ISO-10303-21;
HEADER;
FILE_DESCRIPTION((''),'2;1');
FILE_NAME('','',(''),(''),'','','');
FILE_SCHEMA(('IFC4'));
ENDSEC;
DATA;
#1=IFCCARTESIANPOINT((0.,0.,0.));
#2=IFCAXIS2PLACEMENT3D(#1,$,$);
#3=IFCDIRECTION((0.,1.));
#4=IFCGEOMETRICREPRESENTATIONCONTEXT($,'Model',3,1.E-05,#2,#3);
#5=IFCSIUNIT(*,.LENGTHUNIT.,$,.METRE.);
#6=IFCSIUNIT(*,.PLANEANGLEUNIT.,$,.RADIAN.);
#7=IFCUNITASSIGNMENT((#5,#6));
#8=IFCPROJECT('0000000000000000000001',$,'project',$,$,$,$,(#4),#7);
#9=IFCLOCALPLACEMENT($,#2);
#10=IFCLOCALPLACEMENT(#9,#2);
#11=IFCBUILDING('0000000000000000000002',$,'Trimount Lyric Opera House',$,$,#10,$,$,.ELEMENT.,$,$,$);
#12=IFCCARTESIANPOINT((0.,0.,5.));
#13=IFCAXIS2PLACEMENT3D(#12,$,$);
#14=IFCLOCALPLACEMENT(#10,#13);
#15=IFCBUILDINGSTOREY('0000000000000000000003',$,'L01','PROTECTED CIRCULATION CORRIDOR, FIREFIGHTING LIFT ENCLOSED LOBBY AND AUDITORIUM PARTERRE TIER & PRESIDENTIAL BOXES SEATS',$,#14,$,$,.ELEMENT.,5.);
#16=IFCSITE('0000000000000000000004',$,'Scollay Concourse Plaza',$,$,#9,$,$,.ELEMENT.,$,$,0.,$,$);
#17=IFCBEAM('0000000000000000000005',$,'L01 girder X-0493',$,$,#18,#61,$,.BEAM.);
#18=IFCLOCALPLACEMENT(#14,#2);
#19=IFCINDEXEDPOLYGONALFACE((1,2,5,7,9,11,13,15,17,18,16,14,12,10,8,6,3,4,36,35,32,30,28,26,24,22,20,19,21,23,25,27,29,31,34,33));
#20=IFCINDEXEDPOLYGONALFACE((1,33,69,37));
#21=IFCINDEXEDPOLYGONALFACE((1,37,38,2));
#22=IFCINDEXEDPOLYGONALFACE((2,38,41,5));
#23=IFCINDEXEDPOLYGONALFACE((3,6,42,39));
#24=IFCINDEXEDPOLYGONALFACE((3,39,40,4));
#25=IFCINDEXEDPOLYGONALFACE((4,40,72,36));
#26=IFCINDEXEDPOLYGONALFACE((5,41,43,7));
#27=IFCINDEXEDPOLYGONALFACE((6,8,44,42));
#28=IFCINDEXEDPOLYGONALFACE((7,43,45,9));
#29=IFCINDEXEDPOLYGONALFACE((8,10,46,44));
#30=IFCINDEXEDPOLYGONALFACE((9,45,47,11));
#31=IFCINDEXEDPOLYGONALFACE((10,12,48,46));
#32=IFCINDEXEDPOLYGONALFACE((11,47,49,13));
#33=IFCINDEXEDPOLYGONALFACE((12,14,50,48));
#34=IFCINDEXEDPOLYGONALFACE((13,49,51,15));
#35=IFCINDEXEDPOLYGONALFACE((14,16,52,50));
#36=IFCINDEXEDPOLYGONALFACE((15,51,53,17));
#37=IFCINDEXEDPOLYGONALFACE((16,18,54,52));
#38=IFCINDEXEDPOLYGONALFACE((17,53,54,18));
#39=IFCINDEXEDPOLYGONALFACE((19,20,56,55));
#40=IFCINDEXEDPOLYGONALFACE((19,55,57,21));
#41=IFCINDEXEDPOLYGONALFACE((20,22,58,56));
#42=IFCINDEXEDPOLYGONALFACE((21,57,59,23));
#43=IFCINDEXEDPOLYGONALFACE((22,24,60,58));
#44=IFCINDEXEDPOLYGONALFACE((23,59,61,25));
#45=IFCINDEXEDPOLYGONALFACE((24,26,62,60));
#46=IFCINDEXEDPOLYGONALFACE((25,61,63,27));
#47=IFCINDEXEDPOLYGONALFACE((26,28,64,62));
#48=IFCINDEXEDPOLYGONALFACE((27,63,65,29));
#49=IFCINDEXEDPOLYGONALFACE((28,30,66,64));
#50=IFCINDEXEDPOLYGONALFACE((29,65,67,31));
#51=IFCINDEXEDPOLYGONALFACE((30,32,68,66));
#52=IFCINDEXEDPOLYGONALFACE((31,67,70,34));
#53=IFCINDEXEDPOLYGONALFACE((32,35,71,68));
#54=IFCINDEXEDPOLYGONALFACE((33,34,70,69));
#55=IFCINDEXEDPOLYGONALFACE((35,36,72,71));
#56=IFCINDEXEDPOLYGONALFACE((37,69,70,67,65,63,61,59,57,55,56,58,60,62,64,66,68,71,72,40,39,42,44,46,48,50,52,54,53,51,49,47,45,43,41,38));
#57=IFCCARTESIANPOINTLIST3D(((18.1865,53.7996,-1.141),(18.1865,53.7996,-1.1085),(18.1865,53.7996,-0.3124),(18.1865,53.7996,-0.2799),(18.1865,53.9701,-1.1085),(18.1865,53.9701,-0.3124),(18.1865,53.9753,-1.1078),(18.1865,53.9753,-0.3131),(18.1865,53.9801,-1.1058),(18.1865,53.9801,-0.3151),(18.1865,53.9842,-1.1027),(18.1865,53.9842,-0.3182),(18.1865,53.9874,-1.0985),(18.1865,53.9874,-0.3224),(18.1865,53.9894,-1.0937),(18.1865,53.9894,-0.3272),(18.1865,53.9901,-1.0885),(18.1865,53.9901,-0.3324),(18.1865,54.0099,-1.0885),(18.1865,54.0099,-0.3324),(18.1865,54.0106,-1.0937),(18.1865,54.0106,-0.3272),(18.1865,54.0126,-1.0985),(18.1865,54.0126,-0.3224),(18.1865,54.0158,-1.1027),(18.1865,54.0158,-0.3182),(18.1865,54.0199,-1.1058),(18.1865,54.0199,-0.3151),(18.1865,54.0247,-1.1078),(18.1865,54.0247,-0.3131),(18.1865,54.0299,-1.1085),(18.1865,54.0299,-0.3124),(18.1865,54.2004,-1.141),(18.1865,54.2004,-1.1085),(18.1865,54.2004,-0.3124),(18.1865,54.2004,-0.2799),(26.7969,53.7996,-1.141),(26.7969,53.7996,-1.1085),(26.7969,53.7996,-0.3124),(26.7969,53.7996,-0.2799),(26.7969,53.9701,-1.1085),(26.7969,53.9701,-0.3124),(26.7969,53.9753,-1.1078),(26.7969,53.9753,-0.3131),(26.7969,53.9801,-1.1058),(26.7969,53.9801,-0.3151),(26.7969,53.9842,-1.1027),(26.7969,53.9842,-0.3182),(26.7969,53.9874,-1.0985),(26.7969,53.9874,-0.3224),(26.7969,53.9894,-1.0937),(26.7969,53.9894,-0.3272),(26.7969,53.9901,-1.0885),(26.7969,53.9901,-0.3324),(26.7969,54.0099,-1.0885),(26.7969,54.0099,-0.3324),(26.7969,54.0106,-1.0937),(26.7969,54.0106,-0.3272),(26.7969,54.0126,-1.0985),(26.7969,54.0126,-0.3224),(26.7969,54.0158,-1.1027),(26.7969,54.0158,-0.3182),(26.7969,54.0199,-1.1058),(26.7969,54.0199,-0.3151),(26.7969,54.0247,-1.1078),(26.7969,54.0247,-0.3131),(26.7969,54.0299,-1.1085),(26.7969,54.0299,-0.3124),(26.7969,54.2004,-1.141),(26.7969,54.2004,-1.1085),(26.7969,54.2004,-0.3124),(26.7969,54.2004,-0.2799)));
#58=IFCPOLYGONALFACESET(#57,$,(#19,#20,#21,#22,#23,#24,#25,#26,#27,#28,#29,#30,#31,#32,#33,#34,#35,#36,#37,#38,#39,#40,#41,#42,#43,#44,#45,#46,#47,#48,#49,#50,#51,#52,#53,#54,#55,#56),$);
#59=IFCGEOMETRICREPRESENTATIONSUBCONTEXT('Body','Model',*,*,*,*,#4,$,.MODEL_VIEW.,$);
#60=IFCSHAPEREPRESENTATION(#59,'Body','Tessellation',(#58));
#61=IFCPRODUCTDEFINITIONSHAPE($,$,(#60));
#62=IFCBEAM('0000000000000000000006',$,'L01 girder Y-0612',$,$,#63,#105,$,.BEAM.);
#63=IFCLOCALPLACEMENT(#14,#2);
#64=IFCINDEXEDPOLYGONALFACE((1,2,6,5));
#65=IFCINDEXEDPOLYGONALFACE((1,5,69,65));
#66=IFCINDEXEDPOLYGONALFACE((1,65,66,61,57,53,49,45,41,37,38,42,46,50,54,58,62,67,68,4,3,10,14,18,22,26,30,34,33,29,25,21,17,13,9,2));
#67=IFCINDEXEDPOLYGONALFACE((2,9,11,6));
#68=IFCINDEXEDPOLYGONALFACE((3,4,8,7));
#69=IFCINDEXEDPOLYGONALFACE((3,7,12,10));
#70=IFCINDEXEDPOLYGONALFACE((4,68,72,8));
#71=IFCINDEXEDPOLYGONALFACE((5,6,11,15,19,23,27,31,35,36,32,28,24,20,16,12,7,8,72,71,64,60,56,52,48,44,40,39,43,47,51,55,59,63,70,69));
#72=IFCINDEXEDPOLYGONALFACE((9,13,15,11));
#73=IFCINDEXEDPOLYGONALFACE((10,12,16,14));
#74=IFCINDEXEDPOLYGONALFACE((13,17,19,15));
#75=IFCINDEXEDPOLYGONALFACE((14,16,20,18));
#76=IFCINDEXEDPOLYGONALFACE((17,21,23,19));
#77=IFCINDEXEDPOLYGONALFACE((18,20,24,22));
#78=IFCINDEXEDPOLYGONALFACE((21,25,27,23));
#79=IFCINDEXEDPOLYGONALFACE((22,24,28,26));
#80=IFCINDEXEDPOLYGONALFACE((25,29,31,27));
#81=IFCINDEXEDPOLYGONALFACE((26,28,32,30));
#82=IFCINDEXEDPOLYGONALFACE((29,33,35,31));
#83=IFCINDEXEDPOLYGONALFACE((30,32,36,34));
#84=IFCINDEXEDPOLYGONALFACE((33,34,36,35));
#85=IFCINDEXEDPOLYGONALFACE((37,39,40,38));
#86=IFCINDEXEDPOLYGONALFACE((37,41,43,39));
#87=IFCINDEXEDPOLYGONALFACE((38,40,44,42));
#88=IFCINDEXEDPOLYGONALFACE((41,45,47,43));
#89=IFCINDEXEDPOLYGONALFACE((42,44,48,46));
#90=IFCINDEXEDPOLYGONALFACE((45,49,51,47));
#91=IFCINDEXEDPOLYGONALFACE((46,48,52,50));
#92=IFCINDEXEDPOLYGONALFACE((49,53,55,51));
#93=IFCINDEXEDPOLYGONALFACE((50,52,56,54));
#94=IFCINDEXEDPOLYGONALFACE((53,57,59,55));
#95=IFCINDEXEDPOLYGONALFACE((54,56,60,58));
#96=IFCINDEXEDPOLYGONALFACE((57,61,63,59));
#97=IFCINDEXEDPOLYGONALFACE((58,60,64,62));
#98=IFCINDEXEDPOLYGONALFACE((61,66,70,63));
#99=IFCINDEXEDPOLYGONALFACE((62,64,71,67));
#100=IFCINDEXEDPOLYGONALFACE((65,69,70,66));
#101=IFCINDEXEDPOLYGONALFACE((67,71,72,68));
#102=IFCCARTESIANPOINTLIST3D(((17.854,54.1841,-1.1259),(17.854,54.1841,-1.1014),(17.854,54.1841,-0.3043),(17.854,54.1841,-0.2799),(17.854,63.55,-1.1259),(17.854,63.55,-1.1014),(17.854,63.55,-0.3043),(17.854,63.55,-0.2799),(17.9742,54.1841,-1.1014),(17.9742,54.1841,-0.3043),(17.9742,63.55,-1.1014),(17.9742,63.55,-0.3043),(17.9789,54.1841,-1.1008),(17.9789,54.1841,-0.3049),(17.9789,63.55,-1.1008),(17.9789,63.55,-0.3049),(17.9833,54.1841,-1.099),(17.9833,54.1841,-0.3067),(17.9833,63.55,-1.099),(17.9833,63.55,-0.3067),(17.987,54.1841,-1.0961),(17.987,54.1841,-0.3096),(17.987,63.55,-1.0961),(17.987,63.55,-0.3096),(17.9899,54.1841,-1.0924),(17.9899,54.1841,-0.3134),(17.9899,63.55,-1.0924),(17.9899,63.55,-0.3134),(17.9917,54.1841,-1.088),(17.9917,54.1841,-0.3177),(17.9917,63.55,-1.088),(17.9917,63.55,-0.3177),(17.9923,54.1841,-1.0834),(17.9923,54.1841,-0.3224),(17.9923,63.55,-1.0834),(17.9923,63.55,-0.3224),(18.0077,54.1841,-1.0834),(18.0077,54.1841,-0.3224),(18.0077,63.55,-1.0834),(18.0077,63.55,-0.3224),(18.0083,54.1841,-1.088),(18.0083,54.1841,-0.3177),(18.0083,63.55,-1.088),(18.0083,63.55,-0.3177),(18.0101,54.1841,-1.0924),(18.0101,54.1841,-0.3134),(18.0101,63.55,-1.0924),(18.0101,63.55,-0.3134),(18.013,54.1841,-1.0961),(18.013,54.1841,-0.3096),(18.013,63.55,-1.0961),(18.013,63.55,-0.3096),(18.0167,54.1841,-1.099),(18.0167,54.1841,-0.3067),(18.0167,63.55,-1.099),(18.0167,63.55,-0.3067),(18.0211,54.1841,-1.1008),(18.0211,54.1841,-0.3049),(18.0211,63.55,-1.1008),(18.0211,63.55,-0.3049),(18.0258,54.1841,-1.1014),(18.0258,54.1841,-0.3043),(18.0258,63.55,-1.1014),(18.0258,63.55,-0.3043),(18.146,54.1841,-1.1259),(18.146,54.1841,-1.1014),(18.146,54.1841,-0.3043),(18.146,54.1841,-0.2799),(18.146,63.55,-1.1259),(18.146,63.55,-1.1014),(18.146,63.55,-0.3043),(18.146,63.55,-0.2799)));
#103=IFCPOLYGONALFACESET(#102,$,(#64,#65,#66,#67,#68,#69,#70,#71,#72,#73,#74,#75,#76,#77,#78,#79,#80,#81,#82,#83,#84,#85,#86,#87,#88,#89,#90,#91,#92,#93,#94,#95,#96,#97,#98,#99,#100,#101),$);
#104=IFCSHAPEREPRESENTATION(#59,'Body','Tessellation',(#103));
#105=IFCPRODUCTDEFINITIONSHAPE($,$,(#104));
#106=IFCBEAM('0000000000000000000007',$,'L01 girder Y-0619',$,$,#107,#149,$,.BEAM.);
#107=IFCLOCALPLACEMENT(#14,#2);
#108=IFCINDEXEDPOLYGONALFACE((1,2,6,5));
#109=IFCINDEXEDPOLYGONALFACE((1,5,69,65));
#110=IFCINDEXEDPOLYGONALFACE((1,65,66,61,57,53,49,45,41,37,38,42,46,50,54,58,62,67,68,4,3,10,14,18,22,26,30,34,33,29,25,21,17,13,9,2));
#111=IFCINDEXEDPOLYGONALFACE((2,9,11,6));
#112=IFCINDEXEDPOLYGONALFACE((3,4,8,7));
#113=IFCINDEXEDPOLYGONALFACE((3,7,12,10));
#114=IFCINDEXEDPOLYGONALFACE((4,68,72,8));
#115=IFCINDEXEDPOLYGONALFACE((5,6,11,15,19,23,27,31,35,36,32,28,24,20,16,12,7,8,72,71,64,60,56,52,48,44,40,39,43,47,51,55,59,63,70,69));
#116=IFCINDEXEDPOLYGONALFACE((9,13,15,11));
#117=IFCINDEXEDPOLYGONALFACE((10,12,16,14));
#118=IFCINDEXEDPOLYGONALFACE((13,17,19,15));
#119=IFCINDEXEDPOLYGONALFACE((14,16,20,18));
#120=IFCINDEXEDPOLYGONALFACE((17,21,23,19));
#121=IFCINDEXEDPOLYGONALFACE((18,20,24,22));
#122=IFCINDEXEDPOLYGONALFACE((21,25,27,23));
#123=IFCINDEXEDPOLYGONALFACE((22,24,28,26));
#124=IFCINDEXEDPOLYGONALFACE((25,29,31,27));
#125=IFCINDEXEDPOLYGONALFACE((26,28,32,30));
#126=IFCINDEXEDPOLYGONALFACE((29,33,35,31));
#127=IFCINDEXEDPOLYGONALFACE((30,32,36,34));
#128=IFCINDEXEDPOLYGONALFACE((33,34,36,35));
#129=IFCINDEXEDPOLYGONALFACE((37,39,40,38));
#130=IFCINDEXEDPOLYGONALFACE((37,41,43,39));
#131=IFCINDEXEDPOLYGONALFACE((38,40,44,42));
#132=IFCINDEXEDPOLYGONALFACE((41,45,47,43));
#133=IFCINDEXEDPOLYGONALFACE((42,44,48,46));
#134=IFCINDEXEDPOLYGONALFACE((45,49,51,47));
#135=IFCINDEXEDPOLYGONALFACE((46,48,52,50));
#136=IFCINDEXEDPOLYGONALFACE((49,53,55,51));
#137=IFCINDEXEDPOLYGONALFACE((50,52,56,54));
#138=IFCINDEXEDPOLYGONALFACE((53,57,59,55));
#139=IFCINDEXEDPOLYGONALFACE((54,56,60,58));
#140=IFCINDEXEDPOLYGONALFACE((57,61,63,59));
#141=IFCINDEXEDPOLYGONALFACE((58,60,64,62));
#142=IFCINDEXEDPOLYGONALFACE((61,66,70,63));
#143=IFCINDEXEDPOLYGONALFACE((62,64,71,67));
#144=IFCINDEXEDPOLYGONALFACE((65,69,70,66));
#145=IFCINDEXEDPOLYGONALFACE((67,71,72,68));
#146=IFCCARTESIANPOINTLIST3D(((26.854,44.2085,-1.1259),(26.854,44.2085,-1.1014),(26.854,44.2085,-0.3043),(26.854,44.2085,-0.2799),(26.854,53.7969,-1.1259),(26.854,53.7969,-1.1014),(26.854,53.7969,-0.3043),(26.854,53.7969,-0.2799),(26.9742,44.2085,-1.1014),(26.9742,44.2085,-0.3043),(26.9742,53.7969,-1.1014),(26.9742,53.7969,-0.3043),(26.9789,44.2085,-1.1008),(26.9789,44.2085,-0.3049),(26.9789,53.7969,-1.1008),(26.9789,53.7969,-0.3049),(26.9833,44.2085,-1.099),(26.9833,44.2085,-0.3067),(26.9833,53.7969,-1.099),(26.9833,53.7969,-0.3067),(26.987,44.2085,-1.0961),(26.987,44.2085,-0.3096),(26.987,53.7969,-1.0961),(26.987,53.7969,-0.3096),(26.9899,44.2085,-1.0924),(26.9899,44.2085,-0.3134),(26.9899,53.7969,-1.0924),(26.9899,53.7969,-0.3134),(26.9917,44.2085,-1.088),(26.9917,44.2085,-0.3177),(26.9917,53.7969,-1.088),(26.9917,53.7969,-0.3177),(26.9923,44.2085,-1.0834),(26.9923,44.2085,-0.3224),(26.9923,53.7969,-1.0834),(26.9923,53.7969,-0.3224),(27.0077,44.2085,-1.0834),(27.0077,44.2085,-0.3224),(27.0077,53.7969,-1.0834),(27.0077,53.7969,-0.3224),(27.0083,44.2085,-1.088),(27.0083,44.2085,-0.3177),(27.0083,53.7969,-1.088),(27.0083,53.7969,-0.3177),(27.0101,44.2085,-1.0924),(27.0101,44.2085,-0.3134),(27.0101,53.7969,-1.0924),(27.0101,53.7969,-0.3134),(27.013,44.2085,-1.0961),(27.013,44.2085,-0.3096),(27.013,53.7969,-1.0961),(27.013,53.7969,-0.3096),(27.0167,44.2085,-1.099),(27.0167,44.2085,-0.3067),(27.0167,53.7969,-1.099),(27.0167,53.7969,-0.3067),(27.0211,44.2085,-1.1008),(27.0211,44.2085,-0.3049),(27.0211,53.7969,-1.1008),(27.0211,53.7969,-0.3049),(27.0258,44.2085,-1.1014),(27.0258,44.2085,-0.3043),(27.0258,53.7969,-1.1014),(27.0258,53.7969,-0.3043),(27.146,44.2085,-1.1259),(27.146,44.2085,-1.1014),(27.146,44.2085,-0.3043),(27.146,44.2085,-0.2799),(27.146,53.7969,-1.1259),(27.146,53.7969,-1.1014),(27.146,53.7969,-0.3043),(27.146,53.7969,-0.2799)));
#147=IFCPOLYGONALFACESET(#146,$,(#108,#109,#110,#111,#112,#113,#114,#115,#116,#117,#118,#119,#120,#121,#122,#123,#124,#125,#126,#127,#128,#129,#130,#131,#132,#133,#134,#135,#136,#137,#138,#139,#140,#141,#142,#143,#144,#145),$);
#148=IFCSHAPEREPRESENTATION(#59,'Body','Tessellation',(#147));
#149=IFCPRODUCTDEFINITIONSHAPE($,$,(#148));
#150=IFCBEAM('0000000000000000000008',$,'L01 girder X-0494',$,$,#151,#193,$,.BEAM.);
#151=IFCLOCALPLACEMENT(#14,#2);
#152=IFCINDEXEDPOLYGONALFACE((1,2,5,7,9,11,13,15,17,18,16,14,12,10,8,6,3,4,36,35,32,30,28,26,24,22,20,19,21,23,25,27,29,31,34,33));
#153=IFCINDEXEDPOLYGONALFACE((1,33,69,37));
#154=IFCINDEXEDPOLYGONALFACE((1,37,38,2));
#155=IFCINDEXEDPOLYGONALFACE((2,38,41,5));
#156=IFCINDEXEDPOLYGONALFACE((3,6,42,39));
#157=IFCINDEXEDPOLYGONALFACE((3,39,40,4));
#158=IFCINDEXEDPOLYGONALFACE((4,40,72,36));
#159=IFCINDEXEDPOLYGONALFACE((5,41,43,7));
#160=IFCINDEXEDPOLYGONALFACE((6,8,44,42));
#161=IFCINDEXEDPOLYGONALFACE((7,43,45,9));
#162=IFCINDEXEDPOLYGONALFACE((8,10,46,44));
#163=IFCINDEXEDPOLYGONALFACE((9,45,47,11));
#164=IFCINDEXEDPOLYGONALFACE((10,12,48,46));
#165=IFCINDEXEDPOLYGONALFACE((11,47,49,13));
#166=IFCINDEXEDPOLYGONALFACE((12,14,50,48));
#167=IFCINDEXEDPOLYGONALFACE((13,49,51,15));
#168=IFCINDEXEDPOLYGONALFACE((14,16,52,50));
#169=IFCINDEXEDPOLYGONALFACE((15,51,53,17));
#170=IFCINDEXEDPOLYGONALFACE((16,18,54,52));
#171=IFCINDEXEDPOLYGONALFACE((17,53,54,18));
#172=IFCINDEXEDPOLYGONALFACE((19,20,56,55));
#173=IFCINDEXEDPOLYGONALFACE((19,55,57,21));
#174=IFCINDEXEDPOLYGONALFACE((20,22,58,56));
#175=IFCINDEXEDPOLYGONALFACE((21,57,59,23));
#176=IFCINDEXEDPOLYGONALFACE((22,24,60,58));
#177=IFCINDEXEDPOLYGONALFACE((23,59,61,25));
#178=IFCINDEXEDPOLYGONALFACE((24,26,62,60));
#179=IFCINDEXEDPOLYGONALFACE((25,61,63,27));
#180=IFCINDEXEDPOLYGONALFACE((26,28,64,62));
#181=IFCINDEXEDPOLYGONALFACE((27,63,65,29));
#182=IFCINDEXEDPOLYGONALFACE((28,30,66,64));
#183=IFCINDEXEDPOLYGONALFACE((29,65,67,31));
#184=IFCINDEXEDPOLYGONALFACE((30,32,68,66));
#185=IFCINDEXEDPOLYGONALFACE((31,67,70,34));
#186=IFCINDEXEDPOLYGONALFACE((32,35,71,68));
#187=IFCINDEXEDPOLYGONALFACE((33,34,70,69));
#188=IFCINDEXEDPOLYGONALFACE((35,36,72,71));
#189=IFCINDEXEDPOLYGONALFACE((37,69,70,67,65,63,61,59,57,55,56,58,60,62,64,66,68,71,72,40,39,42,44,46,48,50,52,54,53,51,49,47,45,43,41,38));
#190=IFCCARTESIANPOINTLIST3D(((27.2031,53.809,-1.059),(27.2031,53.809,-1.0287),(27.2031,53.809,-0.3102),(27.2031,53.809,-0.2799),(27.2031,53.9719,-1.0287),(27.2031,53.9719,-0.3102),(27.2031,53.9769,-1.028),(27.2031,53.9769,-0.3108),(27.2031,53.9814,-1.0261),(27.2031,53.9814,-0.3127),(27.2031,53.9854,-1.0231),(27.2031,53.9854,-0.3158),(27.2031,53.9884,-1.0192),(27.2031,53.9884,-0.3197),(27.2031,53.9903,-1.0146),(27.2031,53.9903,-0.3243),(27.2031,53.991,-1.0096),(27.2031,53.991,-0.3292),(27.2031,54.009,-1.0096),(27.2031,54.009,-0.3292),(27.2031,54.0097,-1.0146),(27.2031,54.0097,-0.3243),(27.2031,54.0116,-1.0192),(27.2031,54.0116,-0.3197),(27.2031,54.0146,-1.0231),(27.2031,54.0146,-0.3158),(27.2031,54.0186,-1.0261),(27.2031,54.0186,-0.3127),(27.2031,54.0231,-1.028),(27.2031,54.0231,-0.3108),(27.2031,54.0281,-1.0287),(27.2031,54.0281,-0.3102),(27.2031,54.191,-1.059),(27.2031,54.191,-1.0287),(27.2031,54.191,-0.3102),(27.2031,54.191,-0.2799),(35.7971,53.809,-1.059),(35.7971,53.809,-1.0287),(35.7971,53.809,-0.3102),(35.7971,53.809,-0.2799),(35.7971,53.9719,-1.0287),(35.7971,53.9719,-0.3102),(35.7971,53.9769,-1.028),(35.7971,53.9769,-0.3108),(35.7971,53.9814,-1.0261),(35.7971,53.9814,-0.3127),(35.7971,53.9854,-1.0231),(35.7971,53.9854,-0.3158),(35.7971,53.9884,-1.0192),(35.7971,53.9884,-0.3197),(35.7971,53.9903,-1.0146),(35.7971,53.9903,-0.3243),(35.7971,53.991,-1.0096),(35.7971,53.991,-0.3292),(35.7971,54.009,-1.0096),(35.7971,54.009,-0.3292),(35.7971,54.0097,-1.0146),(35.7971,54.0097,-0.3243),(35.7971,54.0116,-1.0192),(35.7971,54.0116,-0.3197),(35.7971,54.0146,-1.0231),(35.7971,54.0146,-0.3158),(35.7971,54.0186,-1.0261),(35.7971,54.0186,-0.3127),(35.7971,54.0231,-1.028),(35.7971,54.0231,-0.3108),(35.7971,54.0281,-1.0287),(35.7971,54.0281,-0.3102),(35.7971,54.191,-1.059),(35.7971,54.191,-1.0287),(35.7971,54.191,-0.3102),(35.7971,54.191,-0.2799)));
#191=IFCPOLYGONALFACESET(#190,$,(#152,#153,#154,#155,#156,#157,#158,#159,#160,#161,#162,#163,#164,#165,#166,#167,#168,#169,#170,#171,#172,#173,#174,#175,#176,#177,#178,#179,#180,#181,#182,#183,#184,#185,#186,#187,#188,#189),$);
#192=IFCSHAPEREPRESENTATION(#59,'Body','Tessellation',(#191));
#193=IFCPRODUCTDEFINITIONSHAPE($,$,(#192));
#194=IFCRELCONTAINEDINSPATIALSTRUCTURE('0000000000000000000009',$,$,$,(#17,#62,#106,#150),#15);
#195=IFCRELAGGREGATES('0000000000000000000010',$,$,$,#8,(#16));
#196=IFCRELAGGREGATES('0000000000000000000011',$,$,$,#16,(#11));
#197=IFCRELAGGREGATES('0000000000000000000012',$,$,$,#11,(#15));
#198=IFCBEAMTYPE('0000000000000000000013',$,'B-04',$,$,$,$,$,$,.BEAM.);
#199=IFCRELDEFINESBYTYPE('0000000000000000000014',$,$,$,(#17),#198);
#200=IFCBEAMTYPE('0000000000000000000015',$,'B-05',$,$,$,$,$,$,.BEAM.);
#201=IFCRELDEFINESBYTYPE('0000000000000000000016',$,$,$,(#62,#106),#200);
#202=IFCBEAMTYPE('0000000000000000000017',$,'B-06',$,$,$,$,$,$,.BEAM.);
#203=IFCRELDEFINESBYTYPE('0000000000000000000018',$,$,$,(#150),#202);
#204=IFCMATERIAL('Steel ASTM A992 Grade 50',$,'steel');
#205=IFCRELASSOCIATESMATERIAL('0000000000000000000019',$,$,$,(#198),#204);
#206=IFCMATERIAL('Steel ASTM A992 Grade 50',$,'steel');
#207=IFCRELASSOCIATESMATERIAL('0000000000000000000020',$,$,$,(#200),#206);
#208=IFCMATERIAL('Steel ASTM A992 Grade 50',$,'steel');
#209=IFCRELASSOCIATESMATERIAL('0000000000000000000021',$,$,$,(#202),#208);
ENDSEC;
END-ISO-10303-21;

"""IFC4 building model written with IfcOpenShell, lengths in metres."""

from ifc_helpers import new_model, si_unit, direction, frame, origin, origin_2d, place, context, subcontext, project, spatial, i_section, extrude, material, material_profile, profile_set, type_object, element, save


model = new_model("IFC4")

# Units and contexts
model_context = context("Model", 3, precision=1e-05, world=origin(), true_north=direction((0.0, 1.0)))
body_context = subcontext(model_context, "Body", "Model", "MODEL_VIEW")
ifc_project = project(units=[si_unit("LENGTHUNIT", "METRE"), si_unit("PLANEANGLEUNIT", "RADIAN")], contexts=[model_context])

# Site, building, storey
site_placement = place(None, origin())
site = spatial("IfcSite", under=ifc_project, at=site_placement, Name="Scollay Concourse Plaza", CompositionType="ELEMENT", RefElevation=0.0)
building_placement = place(site_placement, origin())
building = spatial("IfcBuilding", under=site, at=building_placement, Name="Trimount Lyric Opera House", CompositionType="ELEMENT")
storey_placement = place(building_placement, frame((0.0, 0.0, 5.0)))
storey = spatial("IfcBuildingStorey", under=building, at=storey_placement, Name="L01", Description="PROTECTED CIRCULATION CORRIDOR, FIREFIGHTING LIFT ENCLOSED LOBBY AND AUDITORIUM PARTERRE TIER & PRESIDENTIAL BOXES SEATS", CompositionType="ELEMENT", Elevation=5.0)

# Beams
ifc_material_1 = material(Name="Steel ASTM A992 Grade 50", Category="steel")
ifc_material_profile_1 = material_profile(ifc_material_1, i_section(OverallWidth=0.4009, OverallDepth=0.8611, WebThickness=0.0198, FlangeThickness=0.0325, FilletRadius=0.02, at=origin_2d()), Name="W33X221")
ifc_profile_set_1 = profile_set([ifc_material_profile_1], Name="Steel ASTM A992 Grade 50")
beam_type_1 = type_object("IfcBeamType", Name="B-04", PredefinedType="BEAM", material=ifc_profile_set_1)
beam_1_placement = place(storey_placement, frame((18.1865, 54.0, -0.7104), z_axis=(1.0, 0.0, 0.0), x_axis=(0.0, 1.0, 0.0)))
element("IfcBeam", 1, at=beam_1_placement, inside=storey, type_object=beam_type_1, Name="L01 girder X-0493", PredefinedType="BEAM", context=body_context, shape_type="SweptSolid", body=[
    extrude(i_section(OverallWidth=0.4009, OverallDepth=0.8611, WebThickness=0.0198, FlangeThickness=0.0325, FilletRadius=0.02, at=origin_2d()), origin(), (0.0, 0.0, 1.0), 8.6104),
])
ifc_material_2 = material(Name="Steel ASTM A992 Grade 50", Category="steel")
ifc_material_profile_2 = material_profile(ifc_material_2, i_section(OverallWidth=0.292, OverallDepth=0.8459, WebThickness=0.0154, FlangeThickness=0.0244, FilletRadius=0.0181, at=origin_2d()), Name="W33X141")
ifc_profile_set_2 = profile_set([ifc_material_profile_2], Name="Steel ASTM A992 Grade 50")
beam_type_2 = type_object("IfcBeamType", Name="B-05", PredefinedType="BEAM", material=ifc_profile_set_2)
beam_2_placement = place(storey_placement, frame((18.0, 54.1841, -0.7029), z_axis=(0.0, 1.0, 0.0), x_axis=(-1.0, 0.0, 0.0)))
element("IfcBeam", 2, at=beam_2_placement, inside=storey, type_object=beam_type_2, Name="L01 girder Y-0612", PredefinedType="BEAM", context=body_context, shape_type="SweptSolid", body=[
    extrude(i_section(OverallWidth=0.292, OverallDepth=0.8459, WebThickness=0.0154, FlangeThickness=0.0244, FilletRadius=0.0181, at=origin_2d()), origin(), (0.0, 0.0, 1.0), 9.366),
])
beam_3_placement = place(storey_placement, frame((27.0, 44.2085, -0.7029), z_axis=(0.0, 1.0, 0.0), x_axis=(-1.0, 0.0, 0.0)))
element("IfcBeam", 3, at=beam_3_placement, inside=storey, type_object=beam_type_2, Name="L01 girder Y-0619", PredefinedType="BEAM", context=body_context, shape_type="SweptSolid", body=[
    extrude(i_section(OverallWidth=0.292, OverallDepth=0.8459, WebThickness=0.0154, FlangeThickness=0.0244, FilletRadius=0.0181, at=origin_2d()), origin(), (0.0, 0.0, 1.0), 9.5884),
])
ifc_material_3 = material(Name="Steel ASTM A992 Grade 50", Category="steel")
ifc_material_profile_3 = material_profile(ifc_material_3, i_section(OverallWidth=0.3821, OverallDepth=0.7791, WebThickness=0.0181, FlangeThickness=0.0303, FilletRadius=0.019, at=origin_2d()), Name="W30X191")
ifc_profile_set_3 = profile_set([ifc_material_profile_3], Name="Steel ASTM A992 Grade 50")
beam_type_3 = type_object("IfcBeamType", Name="B-06", PredefinedType="BEAM", material=ifc_profile_set_3)
beam_4_placement = place(storey_placement, frame((27.2031, 54.0, -0.6694), z_axis=(1.0, 0.0, 0.0), x_axis=(0.0, 1.0, 0.0)))
element("IfcBeam", 4, at=beam_4_placement, inside=storey, type_object=beam_type_3, Name="L01 girder X-0494", PredefinedType="BEAM", context=body_context, shape_type="SweptSolid", body=[
    extrude(i_section(OverallWidth=0.3821, OverallDepth=0.7791, WebThickness=0.0181, FlangeThickness=0.0303, FilletRadius=0.019, at=origin_2d()), origin(), (0.0, 0.0, 1.0), 8.594),
])

save(model, "model.ifc")
